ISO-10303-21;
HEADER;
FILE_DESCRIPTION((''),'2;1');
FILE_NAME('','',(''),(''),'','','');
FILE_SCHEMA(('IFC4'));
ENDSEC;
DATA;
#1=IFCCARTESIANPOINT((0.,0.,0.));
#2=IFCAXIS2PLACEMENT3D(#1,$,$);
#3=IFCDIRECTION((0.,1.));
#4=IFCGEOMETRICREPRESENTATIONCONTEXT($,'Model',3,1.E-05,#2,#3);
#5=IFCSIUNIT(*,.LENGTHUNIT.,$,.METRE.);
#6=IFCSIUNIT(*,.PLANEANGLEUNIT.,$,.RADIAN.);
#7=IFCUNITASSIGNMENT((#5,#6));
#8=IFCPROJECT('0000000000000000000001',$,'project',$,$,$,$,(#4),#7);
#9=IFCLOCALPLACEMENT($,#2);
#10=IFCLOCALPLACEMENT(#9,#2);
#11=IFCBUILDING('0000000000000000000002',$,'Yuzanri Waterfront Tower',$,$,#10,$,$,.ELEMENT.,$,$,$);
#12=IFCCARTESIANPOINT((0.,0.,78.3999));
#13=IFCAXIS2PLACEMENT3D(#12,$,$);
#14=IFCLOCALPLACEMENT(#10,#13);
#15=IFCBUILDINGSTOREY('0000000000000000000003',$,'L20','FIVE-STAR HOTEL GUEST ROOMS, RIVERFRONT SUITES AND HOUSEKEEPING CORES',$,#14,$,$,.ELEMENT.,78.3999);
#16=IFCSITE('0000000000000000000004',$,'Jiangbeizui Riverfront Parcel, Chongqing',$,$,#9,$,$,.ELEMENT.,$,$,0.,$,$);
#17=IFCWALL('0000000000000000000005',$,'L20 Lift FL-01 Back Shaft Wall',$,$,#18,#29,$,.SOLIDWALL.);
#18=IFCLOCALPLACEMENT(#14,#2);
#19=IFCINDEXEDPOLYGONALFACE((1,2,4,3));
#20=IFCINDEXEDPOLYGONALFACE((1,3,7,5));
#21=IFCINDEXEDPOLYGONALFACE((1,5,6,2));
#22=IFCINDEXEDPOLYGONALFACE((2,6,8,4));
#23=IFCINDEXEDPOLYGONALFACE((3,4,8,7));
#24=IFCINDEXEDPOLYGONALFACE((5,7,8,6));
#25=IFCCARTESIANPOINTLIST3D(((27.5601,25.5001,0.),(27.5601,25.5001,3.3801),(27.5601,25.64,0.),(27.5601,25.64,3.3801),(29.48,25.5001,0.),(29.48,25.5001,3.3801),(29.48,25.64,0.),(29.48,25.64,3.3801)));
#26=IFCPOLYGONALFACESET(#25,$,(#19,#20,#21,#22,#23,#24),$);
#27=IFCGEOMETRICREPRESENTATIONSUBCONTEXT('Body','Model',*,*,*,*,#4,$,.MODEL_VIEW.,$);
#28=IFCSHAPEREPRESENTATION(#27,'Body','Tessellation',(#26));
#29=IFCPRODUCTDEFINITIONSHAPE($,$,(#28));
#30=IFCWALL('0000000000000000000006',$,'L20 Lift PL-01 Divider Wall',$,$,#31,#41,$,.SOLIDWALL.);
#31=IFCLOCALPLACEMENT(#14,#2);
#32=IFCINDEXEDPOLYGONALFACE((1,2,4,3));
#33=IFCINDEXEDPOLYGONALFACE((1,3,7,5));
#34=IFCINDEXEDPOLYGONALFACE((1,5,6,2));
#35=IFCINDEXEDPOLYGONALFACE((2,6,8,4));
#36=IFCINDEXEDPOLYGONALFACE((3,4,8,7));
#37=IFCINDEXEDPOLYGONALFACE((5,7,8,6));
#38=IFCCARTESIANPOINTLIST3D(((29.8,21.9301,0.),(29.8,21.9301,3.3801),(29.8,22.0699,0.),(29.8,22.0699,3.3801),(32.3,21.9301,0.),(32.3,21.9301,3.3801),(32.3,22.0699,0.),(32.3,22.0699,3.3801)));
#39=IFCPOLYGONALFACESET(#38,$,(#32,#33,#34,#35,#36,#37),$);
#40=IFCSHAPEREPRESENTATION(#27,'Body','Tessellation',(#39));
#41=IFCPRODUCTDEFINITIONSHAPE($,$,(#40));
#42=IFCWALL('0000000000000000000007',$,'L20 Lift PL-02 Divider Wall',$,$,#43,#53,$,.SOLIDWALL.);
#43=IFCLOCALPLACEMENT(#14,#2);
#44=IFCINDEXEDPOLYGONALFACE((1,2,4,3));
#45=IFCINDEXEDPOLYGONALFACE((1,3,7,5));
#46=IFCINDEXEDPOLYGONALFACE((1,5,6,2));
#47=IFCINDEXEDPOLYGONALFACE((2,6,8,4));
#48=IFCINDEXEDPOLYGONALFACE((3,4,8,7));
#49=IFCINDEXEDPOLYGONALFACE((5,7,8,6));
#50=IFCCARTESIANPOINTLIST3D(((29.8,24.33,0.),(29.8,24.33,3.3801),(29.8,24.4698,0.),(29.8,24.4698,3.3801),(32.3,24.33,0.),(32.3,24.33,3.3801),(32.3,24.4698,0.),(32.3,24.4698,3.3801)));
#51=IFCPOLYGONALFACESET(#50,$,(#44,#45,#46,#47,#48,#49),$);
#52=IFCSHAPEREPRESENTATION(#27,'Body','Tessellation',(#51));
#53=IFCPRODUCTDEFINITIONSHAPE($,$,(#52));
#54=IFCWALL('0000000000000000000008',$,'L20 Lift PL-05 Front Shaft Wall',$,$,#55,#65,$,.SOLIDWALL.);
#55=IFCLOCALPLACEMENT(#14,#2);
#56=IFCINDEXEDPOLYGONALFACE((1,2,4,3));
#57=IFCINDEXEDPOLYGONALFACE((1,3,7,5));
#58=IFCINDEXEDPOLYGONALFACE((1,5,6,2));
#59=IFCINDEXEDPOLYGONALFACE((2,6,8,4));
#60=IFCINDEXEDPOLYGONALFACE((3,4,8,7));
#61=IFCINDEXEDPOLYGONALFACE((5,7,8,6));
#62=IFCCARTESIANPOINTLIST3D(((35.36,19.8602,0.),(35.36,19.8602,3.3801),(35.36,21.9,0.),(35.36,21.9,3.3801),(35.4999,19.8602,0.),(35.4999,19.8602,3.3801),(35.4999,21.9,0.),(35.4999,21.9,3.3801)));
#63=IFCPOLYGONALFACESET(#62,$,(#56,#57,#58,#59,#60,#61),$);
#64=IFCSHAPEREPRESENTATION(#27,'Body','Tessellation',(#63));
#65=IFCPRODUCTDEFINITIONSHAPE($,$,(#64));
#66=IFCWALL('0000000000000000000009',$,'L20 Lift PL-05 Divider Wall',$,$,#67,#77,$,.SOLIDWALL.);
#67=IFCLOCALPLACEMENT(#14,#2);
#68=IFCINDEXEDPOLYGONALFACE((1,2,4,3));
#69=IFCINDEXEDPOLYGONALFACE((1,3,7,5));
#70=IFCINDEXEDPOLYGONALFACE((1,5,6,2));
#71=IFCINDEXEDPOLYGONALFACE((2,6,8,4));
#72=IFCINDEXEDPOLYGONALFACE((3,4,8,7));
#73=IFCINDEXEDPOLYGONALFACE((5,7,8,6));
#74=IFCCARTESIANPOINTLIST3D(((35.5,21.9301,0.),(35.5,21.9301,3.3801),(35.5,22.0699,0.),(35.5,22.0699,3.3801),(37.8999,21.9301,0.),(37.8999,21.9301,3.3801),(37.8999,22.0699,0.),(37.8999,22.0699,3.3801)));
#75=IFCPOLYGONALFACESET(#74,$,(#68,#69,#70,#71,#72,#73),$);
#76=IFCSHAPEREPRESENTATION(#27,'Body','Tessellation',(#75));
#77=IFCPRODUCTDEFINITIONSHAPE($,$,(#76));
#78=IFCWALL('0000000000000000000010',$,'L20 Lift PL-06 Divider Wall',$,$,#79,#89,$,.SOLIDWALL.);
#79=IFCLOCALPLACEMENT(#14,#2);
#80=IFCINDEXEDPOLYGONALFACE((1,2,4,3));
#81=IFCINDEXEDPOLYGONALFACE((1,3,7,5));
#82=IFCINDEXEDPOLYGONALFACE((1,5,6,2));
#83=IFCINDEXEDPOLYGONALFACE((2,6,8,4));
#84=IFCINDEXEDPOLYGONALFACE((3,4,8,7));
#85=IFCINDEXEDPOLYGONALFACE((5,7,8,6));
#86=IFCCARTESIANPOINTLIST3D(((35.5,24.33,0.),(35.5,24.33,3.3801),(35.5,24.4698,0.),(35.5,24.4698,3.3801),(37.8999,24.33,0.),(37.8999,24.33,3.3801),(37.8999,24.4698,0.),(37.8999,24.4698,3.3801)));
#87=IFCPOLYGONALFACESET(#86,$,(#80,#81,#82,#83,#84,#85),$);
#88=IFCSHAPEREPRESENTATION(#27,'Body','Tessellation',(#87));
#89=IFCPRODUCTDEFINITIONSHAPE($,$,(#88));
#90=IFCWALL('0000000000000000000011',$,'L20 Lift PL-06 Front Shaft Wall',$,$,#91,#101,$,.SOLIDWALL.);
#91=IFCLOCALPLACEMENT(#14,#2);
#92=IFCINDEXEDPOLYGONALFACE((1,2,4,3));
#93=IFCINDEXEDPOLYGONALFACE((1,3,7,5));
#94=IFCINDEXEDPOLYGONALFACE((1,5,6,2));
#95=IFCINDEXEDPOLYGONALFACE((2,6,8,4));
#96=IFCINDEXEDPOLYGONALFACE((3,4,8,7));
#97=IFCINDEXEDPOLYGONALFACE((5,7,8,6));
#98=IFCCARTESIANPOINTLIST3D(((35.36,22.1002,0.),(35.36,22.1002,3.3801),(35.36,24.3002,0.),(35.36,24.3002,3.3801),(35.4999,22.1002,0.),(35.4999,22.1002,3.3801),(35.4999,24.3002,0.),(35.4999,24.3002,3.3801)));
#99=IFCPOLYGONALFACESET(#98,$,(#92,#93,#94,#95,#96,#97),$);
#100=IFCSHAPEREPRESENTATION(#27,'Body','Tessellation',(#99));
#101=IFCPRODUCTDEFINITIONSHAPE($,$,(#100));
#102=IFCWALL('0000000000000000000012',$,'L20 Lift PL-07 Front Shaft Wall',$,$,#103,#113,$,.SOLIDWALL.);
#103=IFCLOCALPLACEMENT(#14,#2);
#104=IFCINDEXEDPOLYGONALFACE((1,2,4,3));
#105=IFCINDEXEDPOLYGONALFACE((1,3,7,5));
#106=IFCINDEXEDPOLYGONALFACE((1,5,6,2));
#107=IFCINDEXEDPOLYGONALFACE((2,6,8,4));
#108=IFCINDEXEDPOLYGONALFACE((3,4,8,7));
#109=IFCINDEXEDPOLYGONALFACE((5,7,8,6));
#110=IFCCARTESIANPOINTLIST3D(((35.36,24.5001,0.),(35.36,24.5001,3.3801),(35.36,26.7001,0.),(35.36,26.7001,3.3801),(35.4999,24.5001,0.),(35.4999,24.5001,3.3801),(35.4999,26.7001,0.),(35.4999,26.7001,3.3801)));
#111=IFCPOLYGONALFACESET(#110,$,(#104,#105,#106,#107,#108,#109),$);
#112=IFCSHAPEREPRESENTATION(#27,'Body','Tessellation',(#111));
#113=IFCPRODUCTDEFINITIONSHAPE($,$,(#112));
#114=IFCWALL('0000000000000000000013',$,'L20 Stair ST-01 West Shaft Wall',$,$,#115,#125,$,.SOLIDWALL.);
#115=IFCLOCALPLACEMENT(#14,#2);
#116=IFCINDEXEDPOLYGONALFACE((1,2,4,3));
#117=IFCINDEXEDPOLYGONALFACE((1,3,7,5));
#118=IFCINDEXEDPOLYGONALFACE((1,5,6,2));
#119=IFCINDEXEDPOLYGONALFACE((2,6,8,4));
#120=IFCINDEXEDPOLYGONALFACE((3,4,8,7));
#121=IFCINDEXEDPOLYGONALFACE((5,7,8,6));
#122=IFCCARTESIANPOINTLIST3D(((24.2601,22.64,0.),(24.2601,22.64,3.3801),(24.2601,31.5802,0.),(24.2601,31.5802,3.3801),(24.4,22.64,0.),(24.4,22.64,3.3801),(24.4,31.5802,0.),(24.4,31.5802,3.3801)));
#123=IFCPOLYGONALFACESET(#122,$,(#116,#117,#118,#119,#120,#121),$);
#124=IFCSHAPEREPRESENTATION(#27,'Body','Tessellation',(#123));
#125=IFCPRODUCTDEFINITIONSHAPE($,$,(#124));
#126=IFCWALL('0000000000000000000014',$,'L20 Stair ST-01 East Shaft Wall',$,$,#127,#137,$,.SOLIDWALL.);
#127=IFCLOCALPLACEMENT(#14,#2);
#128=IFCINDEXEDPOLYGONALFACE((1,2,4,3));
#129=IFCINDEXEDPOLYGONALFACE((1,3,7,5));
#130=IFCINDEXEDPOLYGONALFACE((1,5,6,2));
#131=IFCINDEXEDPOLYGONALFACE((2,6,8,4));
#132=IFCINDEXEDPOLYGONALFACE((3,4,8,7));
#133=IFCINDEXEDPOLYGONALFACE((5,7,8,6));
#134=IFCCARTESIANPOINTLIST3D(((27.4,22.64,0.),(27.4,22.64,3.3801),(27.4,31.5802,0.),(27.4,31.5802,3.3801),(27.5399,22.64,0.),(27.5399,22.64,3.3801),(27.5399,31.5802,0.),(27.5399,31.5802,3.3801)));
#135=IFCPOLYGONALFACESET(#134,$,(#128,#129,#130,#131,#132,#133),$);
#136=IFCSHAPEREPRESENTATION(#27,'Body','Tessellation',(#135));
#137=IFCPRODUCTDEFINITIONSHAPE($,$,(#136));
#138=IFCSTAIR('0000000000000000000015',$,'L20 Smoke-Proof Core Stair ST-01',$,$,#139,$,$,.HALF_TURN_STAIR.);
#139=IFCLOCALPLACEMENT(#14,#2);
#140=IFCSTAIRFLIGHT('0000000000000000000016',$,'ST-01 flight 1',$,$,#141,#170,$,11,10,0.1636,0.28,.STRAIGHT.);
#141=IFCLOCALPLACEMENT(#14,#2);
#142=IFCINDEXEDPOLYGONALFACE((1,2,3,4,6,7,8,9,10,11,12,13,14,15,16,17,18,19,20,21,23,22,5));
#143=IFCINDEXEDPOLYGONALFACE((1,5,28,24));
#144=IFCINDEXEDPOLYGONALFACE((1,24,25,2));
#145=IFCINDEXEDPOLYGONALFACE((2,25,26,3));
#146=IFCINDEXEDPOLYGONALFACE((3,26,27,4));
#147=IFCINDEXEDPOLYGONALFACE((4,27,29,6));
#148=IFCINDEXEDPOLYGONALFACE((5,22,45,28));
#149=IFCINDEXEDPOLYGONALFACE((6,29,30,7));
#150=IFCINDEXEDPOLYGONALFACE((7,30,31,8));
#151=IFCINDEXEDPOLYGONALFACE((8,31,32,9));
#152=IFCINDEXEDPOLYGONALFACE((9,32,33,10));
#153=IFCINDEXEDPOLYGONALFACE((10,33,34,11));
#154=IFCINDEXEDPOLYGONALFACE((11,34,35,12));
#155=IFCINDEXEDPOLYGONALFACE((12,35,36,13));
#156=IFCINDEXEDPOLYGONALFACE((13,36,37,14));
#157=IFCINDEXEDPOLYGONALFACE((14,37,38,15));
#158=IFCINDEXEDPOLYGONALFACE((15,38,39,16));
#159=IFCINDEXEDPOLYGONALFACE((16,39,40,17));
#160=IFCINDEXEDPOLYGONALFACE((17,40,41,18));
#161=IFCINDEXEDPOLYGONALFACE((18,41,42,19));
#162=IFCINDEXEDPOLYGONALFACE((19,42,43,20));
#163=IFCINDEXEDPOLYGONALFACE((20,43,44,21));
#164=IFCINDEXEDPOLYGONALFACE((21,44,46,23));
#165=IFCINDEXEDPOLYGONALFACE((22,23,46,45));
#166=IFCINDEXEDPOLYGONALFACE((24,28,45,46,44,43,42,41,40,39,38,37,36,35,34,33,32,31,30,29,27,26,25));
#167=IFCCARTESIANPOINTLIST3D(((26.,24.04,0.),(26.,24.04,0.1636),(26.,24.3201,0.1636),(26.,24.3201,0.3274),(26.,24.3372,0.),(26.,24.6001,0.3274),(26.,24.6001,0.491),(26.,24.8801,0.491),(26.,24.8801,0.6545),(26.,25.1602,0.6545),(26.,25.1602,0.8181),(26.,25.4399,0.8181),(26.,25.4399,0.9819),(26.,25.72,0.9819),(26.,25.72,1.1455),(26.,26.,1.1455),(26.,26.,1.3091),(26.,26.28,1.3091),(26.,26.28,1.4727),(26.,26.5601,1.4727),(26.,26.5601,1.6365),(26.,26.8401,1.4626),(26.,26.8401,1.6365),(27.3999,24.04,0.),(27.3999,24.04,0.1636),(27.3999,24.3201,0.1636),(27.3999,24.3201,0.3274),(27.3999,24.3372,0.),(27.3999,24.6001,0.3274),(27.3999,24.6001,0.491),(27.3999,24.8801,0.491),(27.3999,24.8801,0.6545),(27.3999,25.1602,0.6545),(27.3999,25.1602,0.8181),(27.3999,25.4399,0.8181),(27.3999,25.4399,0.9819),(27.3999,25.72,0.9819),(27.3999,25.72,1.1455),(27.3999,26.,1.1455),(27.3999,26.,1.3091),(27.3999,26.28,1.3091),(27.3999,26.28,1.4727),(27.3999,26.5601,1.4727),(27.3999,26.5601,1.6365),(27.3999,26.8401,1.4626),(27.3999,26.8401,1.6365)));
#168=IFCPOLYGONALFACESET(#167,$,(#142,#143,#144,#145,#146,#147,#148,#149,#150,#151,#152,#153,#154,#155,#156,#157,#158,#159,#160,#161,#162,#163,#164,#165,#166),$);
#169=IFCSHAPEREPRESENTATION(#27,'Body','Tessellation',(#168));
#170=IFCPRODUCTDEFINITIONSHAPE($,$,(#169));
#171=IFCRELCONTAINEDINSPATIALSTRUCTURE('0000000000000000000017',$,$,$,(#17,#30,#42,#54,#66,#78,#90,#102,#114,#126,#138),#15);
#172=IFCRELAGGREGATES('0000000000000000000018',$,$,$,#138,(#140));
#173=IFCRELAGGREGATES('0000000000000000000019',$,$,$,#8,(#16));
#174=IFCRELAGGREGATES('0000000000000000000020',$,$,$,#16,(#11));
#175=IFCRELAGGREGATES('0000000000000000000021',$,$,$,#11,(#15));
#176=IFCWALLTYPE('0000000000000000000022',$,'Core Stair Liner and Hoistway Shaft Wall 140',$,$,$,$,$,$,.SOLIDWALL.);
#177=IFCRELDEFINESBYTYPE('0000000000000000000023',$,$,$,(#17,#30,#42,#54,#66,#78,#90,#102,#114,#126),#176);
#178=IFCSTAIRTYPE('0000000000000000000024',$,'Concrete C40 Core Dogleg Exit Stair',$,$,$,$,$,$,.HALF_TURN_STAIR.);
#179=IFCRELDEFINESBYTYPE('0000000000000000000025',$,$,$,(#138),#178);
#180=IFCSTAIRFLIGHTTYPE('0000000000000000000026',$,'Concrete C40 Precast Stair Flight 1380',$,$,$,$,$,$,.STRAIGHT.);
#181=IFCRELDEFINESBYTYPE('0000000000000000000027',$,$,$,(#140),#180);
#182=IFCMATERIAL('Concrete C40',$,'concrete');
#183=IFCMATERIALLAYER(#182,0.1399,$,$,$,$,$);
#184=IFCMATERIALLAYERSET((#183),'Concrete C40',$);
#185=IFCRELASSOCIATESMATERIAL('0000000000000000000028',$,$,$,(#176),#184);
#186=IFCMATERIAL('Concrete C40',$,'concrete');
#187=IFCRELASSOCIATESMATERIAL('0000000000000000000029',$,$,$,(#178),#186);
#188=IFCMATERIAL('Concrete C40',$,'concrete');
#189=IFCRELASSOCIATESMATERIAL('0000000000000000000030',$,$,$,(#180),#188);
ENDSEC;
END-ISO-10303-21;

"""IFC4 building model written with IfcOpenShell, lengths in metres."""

from ifc_helpers import new_model, si_unit, direction, frame, frame_2d, origin, place, context, subcontext, project, spatial, polyline, rectangle, outline, extrude, source, transform, mapped, material, layer, layer_set, type_object, element, aggregate, save


model = new_model("IFC4")

# Units and contexts
model_context = context("Model", 3, precision=1e-05, world=origin(), true_north=direction((0.0, 1.0)))
body_context = subcontext(model_context, "Body", "Model", "MODEL_VIEW")
ifc_project = project(units=[si_unit("LENGTHUNIT", "METRE"), si_unit("PLANEANGLEUNIT", "RADIAN")], contexts=[model_context])

# Site, building, storey
site_placement = place(None, origin())
site = spatial("IfcSite", under=ifc_project, at=site_placement, Name="Jiangbeizui Riverfront Parcel, Chongqing", CompositionType="ELEMENT", RefElevation=0.0)
building_placement = place(site_placement, origin())
building = spatial("IfcBuilding", under=site, at=building_placement, Name="Yuzanri Waterfront Tower", CompositionType="ELEMENT")
storey_placement = place(building_placement, frame((0.0, 0.0, 78.3999)))
storey = spatial("IfcBuildingStorey", under=building, at=storey_placement, Name="L20", Description="FIVE-STAR HOTEL GUEST ROOMS, RIVERFRONT SUITES AND HOUSEKEEPING CORES", CompositionType="ELEMENT", Elevation=78.3999)

# Shared definitions
ifc_material_1 = material(Name="Concrete C40", Category="concrete")
ifc_layer_1 = layer(ifc_material_1, 0.1399)
ifc_layer_set_1 = layer_set([ifc_layer_1], Name="Concrete C40")
wall_type_1 = type_object("IfcWallType", Name="Core Stair Liner and Hoistway Shaft Wall 140", PredefinedType="SOLIDWALL", material=ifc_layer_set_1)

# Walls
shared_shape_1 = source(origin(), body_context, "Body", "SweptSolid", [
    extrude(rectangle(XDim=1.9199, YDim=0.1399, at=frame_2d((0.96, 0.0))), origin(), (0.0, 0.0, 1.0), 3.3801),
])
wall_1_placement = place(storey_placement, frame((27.5601, 25.5701, 0.0), z_axis=(0.0, 0.0, 1.0), x_axis=(1.0, 0.0, 0.0)))
element("IfcWall", 1, at=wall_1_placement, inside=storey, type_object=wall_type_1, Name="L20 Lift FL-01 Back Shaft Wall", PredefinedType="SOLIDWALL", context=body_context, shape_type="MappedRepresentation", body=[
    mapped(shared_shape_1, transform((0.0, 0.0, 0.0), scale=1.0)),
])
shared_shape_2 = source(origin(), body_context, "Body", "SweptSolid", [
    extrude(rectangle(XDim=2.5, YDim=0.1399, at=frame_2d((1.25, 0.0))), origin(), (0.0, 0.0, 1.0), 3.3801),
])
for number, where, z_axis, x_axis, name in (
    (2, (29.8, 22.0, 0.0), (0.0, 0.0, 1.0), (1.0, 0.0, 0.0), "L20 Lift PL-01 Divider Wall"),
    (3, (29.8, 24.3999, 0.0), (0.0, 0.0, 1.0), (1.0, 0.0, 0.0), "L20 Lift PL-02 Divider Wall"),
):
    element("IfcWall", number, at=place(storey_placement, frame(where, z_axis=z_axis, x_axis=x_axis)), inside=storey, type_object=wall_type_1, Name=name, PredefinedType="SOLIDWALL", context=body_context, shape_type="MappedRepresentation", body=[
        mapped(shared_shape_2, transform((0.0, 0.0, 0.0), scale=1.0)),
    ])
shared_shape_3 = source(origin(), body_context, "Body", "SweptSolid", [
    extrude(rectangle(XDim=2.0398, YDim=0.1399, at=frame_2d((1.02, 0.0))), origin(), (0.0, 0.0, 1.0), 3.3801),
])
wall_2_placement = place(storey_placement, frame((35.4299, 19.8601, 0.0), z_axis=(0.0, 0.0, 1.0), x_axis=(0.0, 1.0, 0.0)))
element("IfcWall", 4, at=wall_2_placement, inside=storey, type_object=wall_type_1, Name="L20 Lift PL-05 Front Shaft Wall", PredefinedType="SOLIDWALL", context=body_context, shape_type="MappedRepresentation", body=[
    mapped(shared_shape_3, transform((0.0, 0.0, 0.0), scale=1.0)),
])
shared_shape_4 = source(origin(), body_context, "Body", "SweptSolid", [
    extrude(rectangle(XDim=2.3999, YDim=0.1399, at=frame_2d((1.2, 0.0))), origin(), (0.0, 0.0, 1.0), 3.3801),
])
for number, where, z_axis, x_axis, name in (
    (5, (35.5, 22.0, 0.0), (0.0, 0.0, 1.0), (1.0, 0.0, 0.0), "L20 Lift PL-05 Divider Wall"),
    (6, (35.5, 24.3999, 0.0), (0.0, 0.0, 1.0), (1.0, 0.0, 0.0), "L20 Lift PL-06 Divider Wall"),
):
    element("IfcWall", number, at=place(storey_placement, frame(where, z_axis=z_axis, x_axis=x_axis)), inside=storey, type_object=wall_type_1, Name=name, PredefinedType="SOLIDWALL", context=body_context, shape_type="MappedRepresentation", body=[
        mapped(shared_shape_4, transform((0.0, 0.0, 0.0), scale=1.0)),
    ])
shared_shape_5 = source(origin(), body_context, "Body", "SweptSolid", [
    extrude(rectangle(XDim=2.2, YDim=0.1399, at=frame_2d((1.1001, 0.0))), origin(), (0.0, 0.0, 1.0), 3.3801),
])
for number, where, z_axis, x_axis, name in (
    (7, (35.4299, 22.1001, 0.0), (0.0, 0.0, 1.0), (0.0, 1.0, 0.0), "L20 Lift PL-06 Front Shaft Wall"),
    (8, (35.4299, 24.5, 0.0), (0.0, 0.0, 1.0), (0.0, 1.0, 0.0), "L20 Lift PL-07 Front Shaft Wall"),
):
    element("IfcWall", number, at=place(storey_placement, frame(where, z_axis=z_axis, x_axis=x_axis)), inside=storey, type_object=wall_type_1, Name=name, PredefinedType="SOLIDWALL", context=body_context, shape_type="MappedRepresentation", body=[
        mapped(shared_shape_5, transform((0.0, 0.0, 0.0), scale=1.0)),
    ])
shared_shape_6 = source(origin(), body_context, "Body", "SweptSolid", [
    extrude(rectangle(XDim=8.9402, YDim=0.1399, at=frame_2d((4.4702, 0.0))), origin(), (0.0, 0.0, 1.0), 3.3801),
])
for number, where, z_axis, x_axis, name in (
    (9, (24.3301, 22.6399, 0.0), (0.0, 0.0, 1.0), (0.0, 1.0, 0.0), "L20 Stair ST-01 West Shaft Wall"),
    (10, (27.47, 22.6399, 0.0), (0.0, 0.0, 1.0), (0.0, 1.0, 0.0), "L20 Stair ST-01 East Shaft Wall"),
):
    element("IfcWall", number, at=place(storey_placement, frame(where, z_axis=z_axis, x_axis=x_axis)), inside=storey, type_object=wall_type_1, Name=name, PredefinedType="SOLIDWALL", context=body_context, shape_type="MappedRepresentation", body=[
        mapped(shared_shape_6, transform((0.0, 0.0, 0.0), scale=1.0)),
    ])

# Stair, stair flight
ifc_material_2 = material(Name="Concrete C40", Category="concrete")
stair_type = type_object("IfcStairType", Name="Concrete C40 Core Dogleg Exit Stair", PredefinedType="HALF_TURN_STAIR", material=ifc_material_2)
stair_placement = place(storey_placement, origin())
stair = element("IfcStair", 11, at=stair_placement, inside=storey, type_object=stair_type, Name="L20 Smoke-Proof Core Stair ST-01", PredefinedType="HALF_TURN_STAIR")
ifc_material_3 = material(Name="Concrete C40", Category="concrete")
stair_flight_type = type_object("IfcStairFlightType", Name="Concrete C40 Precast Stair Flight 1380", PredefinedType="STRAIGHT", material=ifc_material_3)
shared_shape_7 = source(origin(), body_context, "Body", "SweptSolid", [
    extrude(outline(polyline([(0.0, 0.0), (0.0, 0.1636), (0.28, 0.1636), (0.28, 0.3274), (0.5601, 0.3274), (0.5601, 0.491), (0.8401, 0.491), (0.8401, 0.6545), (1.1201, 0.6545), (1.1201, 0.8181), (1.3999, 0.8181), (1.3999, 0.9819), (1.6799, 0.9819), (1.6799, 1.1455), (1.96, 1.1455), (1.96, 1.3091), (2.24, 1.3091), (2.24, 1.4727), (2.52, 1.4727), (2.52, 1.6365), (2.8, 1.6365), (2.8, 1.8), (2.8, 1.4626), (0.2971, 0.0), (0.0, 0.0)])), frame((0.0, 0.7, 0.0), z_axis=(0.0, -1.0, 0.0), x_axis=(1.0, 0.0, 0.0)), (0.0, 0.0, 1.0), 1.3999),
])
stair_flight_placement = place(storey_placement, frame((26.7, 24.04, 0.0), z_axis=(0.0, 0.0, 1.0), x_axis=(0.0, 1.0, 0.0)))
stair_flight = element("IfcStairFlight", 12, at=stair_flight_placement, type_object=stair_flight_type, Name="ST-01 flight 1", NumberOfRisers=11, NumberOfTreads=10, PredefinedType="STRAIGHT", RiserHeight=0.1636, TreadLength=0.28, context=body_context, shape_type="MappedRepresentation", body=[
    mapped(shared_shape_7, transform((0.0, 0.0, 0.0), scale=1.0)),
])
aggregate(stair, [stair_flight])

save(model, "model.ifc")
